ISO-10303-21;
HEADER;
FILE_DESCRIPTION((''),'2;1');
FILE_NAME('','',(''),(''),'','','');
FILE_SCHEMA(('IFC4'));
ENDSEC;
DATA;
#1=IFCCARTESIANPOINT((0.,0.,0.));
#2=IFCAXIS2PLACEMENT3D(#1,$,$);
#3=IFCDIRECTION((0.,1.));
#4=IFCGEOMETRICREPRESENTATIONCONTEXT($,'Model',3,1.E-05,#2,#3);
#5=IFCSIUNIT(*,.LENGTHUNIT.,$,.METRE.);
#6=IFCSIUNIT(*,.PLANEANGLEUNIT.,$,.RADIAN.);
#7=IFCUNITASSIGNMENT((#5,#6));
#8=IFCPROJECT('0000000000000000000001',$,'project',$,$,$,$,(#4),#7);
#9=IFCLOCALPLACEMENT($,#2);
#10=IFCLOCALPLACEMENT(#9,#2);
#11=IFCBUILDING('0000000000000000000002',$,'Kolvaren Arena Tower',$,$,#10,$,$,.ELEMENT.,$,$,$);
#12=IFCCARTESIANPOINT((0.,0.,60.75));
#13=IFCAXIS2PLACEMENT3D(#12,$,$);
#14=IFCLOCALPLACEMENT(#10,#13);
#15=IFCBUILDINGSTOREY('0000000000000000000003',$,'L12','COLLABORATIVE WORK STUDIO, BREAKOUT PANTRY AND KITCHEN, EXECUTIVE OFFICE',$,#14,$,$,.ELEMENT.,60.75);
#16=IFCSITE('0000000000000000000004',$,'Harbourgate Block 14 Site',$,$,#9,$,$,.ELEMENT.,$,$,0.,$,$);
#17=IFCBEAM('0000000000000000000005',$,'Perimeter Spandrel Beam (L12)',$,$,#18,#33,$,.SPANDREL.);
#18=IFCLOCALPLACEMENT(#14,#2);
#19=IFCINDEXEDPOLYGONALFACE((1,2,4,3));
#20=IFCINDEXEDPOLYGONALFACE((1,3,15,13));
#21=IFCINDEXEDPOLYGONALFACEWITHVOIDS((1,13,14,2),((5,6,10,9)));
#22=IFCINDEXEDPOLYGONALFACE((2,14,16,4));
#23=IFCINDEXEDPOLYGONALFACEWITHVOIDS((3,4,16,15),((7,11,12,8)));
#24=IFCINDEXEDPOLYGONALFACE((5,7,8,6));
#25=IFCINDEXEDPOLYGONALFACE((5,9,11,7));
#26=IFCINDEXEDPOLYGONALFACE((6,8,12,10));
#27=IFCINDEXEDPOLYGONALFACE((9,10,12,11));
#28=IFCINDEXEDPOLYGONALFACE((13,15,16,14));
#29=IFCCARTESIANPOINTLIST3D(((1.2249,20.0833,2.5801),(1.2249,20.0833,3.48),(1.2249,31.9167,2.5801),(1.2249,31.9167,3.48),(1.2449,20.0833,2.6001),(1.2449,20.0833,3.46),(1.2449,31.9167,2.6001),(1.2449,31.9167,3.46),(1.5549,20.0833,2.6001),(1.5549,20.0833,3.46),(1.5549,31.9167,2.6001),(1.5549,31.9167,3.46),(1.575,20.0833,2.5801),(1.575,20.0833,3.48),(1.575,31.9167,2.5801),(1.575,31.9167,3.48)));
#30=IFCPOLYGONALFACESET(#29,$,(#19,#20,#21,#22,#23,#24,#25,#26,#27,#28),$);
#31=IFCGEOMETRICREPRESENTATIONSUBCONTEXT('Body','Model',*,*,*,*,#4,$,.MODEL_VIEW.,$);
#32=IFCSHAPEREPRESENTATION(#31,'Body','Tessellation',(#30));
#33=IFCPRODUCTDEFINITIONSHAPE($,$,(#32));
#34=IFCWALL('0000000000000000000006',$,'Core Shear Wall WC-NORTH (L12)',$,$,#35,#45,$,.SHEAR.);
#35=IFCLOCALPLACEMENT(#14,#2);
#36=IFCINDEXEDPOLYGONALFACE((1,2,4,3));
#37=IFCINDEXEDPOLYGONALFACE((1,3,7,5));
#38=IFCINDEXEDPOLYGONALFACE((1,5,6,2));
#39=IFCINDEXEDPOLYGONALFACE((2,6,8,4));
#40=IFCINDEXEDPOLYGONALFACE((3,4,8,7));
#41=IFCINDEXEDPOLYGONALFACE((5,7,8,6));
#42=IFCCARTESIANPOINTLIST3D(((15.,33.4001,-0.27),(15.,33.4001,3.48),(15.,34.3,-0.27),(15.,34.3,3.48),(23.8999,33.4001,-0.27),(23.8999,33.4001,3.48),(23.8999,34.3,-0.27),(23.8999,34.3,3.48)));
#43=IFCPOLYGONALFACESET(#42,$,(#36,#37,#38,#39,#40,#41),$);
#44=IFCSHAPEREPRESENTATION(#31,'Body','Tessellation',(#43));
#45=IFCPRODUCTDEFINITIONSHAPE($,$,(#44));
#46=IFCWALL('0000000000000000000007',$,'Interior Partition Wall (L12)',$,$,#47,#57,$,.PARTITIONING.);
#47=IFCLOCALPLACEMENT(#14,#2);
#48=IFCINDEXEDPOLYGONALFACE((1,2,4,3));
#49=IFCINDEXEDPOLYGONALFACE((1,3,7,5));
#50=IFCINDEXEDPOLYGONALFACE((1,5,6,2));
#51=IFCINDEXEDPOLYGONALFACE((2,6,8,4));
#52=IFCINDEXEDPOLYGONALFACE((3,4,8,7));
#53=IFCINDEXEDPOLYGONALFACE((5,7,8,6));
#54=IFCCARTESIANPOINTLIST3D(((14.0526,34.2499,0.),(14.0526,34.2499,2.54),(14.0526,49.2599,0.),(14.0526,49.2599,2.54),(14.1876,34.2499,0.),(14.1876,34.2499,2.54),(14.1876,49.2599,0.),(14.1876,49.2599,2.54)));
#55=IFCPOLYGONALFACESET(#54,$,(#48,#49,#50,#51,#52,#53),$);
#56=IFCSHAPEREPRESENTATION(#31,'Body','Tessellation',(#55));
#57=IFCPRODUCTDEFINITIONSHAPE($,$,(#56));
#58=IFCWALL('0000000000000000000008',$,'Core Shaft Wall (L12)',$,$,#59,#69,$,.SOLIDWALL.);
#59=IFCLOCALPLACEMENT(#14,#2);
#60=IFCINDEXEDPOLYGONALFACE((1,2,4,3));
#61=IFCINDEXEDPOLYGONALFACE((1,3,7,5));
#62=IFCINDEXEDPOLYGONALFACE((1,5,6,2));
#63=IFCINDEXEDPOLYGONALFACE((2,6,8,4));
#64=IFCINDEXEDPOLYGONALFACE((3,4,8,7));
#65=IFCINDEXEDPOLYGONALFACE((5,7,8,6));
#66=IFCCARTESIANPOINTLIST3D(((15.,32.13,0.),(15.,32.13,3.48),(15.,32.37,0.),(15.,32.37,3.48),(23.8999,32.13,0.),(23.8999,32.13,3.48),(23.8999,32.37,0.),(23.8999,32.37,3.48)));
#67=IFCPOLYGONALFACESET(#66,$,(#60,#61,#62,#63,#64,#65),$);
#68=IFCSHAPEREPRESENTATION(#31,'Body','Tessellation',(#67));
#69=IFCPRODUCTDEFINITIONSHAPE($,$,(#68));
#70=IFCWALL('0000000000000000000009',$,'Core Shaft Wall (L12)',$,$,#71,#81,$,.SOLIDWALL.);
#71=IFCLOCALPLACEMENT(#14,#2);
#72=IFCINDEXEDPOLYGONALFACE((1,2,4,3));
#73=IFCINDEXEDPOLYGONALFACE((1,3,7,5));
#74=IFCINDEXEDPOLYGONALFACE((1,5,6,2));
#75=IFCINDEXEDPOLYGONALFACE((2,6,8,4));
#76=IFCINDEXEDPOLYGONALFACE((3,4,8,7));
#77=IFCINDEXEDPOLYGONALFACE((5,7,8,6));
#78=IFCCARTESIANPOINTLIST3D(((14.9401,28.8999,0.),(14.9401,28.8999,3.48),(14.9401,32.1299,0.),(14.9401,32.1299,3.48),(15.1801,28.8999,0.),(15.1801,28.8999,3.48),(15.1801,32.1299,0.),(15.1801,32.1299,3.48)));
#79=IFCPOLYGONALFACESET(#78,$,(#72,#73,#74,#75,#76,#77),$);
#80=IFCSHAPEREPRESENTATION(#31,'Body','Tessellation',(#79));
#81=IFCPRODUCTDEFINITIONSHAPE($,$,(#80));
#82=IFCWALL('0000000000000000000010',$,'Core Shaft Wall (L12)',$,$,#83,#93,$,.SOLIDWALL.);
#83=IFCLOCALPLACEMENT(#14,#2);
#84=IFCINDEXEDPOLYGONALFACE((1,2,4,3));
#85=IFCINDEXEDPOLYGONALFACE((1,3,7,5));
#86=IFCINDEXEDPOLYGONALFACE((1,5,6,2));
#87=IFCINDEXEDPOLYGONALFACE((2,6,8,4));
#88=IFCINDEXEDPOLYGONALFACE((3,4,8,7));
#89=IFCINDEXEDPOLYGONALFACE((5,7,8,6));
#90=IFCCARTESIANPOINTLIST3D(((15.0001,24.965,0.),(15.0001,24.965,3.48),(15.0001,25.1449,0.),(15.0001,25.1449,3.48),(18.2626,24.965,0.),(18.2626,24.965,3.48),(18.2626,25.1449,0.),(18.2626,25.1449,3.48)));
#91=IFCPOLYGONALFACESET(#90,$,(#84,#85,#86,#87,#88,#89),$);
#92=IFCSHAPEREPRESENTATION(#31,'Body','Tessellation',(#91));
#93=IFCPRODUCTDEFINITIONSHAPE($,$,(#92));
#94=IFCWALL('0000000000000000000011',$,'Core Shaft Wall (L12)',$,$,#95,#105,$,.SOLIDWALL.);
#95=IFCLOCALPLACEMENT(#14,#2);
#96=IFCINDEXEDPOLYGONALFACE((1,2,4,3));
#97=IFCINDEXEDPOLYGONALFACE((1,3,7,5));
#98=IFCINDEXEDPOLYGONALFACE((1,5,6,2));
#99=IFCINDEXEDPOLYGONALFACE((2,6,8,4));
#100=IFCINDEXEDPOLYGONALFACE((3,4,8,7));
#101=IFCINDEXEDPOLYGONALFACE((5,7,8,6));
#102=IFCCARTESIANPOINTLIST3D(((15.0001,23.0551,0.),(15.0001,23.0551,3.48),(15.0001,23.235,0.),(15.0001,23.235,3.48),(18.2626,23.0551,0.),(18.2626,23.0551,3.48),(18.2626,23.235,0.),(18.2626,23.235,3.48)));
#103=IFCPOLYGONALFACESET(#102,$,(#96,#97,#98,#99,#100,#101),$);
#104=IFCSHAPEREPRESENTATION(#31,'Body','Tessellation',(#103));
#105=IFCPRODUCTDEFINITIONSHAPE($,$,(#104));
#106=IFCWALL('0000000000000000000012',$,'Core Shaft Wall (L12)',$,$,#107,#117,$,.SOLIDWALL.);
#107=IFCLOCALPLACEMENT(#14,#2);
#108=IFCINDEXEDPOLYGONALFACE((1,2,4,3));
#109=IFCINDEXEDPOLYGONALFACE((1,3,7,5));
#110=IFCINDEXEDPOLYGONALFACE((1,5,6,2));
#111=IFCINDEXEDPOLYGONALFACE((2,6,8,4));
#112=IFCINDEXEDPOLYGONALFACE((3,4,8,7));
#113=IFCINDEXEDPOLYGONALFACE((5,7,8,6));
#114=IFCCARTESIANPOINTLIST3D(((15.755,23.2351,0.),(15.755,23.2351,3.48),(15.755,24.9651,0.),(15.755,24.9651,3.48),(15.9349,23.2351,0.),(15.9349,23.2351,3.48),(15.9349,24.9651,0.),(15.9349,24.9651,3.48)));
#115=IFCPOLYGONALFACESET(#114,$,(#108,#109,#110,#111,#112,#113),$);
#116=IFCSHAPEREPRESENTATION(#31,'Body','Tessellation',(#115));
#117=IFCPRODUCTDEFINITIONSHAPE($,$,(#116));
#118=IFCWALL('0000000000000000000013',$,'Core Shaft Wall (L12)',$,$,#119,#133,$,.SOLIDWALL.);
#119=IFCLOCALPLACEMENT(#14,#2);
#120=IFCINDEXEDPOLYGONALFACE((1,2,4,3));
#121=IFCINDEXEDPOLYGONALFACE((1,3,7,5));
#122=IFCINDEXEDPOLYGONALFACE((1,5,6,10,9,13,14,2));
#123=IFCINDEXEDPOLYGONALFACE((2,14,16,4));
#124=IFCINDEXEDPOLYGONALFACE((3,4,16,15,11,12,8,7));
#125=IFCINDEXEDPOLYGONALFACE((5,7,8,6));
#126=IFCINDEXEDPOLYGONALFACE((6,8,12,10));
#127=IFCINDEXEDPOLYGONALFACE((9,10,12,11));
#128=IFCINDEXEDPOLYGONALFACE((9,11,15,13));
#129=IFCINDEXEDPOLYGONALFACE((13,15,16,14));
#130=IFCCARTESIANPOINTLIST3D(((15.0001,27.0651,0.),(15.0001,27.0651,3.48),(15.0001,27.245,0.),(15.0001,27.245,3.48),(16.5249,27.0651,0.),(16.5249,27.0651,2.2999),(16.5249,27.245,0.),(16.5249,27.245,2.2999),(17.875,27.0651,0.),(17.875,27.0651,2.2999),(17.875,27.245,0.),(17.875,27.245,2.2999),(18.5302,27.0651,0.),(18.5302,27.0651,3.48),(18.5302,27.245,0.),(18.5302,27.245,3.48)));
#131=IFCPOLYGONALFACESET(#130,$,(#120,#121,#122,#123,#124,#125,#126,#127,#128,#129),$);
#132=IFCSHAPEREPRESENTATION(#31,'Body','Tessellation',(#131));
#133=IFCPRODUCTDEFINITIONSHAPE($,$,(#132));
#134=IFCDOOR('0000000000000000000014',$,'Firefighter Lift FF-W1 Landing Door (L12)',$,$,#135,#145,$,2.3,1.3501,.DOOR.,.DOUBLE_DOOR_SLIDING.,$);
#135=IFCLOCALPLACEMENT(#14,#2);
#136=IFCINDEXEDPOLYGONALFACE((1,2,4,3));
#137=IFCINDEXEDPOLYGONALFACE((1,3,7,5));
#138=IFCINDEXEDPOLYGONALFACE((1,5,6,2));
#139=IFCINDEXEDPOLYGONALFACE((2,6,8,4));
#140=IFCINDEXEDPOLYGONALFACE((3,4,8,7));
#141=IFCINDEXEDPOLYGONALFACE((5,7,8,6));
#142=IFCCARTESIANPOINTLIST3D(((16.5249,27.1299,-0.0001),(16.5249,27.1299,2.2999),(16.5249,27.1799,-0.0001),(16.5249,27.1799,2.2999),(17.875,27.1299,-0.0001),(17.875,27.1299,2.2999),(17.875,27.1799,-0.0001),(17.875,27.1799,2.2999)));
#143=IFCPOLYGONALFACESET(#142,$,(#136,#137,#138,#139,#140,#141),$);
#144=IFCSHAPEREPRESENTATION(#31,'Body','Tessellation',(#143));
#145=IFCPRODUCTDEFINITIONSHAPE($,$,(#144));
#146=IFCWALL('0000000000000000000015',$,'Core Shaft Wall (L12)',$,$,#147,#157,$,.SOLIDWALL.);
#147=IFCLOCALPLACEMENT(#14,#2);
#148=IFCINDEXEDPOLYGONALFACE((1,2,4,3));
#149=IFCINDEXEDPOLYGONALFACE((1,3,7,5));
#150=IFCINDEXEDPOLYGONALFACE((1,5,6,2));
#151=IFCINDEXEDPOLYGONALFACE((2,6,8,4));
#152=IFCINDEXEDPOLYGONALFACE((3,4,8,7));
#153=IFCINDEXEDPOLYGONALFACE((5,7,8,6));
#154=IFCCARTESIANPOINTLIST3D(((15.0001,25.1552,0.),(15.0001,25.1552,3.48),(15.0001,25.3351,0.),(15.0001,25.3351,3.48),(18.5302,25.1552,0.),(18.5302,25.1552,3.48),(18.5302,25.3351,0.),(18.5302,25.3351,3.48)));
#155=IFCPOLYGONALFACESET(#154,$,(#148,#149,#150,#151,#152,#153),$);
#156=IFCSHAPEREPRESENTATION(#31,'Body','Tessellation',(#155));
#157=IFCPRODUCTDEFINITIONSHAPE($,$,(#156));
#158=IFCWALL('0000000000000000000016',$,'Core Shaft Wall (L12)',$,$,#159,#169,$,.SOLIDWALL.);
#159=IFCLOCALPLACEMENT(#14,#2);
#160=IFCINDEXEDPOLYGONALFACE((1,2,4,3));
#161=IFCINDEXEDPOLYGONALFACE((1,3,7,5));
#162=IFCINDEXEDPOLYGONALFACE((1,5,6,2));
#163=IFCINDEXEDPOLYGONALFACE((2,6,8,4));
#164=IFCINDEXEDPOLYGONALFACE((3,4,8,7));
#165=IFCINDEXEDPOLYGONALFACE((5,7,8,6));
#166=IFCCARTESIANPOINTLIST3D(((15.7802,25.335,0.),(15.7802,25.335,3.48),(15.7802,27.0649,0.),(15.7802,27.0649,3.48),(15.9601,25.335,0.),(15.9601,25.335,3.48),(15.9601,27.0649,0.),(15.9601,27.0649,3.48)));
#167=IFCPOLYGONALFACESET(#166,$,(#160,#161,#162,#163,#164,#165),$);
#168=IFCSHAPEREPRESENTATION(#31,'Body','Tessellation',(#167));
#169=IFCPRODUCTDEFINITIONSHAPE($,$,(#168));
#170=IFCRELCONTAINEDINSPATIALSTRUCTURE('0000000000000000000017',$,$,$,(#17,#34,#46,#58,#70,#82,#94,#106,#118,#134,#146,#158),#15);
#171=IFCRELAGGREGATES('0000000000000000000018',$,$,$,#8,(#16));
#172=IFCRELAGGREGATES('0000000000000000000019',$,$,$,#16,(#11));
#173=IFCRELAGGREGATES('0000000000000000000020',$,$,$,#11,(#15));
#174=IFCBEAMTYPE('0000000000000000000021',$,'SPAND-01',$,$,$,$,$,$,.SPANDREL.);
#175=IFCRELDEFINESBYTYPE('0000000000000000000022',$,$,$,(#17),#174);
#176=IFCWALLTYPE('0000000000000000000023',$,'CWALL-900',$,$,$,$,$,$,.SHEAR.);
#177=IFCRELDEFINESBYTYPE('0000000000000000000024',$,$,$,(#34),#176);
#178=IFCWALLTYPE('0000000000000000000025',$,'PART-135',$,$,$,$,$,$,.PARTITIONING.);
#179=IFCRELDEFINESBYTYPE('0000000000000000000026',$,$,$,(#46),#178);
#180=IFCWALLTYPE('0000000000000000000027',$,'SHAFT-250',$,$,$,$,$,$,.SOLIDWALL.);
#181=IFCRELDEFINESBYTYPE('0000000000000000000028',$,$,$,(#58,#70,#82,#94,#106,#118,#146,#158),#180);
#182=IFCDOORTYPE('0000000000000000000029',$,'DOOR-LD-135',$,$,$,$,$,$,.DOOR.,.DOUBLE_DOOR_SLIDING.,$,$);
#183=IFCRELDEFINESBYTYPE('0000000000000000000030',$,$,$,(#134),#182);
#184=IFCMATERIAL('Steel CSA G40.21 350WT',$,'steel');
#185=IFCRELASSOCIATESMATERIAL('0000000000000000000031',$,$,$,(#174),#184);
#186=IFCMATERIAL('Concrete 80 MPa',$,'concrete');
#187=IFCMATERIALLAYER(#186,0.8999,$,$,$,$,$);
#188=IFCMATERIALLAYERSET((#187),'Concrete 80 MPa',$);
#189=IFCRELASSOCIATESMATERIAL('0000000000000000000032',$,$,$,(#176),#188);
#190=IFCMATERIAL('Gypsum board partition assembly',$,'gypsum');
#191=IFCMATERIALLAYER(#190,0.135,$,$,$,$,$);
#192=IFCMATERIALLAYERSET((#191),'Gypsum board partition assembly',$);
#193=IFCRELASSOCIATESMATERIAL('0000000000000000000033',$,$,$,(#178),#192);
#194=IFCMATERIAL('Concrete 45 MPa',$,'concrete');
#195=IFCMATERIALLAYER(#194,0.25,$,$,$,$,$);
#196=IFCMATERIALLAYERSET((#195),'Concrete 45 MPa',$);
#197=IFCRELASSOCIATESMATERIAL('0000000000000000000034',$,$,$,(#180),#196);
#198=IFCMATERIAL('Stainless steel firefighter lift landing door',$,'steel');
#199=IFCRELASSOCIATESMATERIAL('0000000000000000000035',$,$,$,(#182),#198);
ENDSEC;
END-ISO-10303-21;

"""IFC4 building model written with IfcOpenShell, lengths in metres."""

from ifc_helpers import new_model, si_unit, direction, frame, frame_2d, origin, origin_2d, place, context, subcontext, project, spatial, rectangle, hollow_rectangle, extrude, material, layer, layer_set, material_profile, profile_set, type_object, element, fill, save


model = new_model("IFC4")

# Units and contexts
model_context = context("Model", 3, precision=1e-05, world=origin(), true_north=direction((0.0, 1.0)))
body_context = subcontext(model_context, "Body", "Model", "MODEL_VIEW")
ifc_project = project(units=[si_unit("LENGTHUNIT", "METRE"), si_unit("PLANEANGLEUNIT", "RADIAN")], contexts=[model_context])

# Site, building, storey
site_placement = place(None, origin())
site = spatial("IfcSite", under=ifc_project, at=site_placement, Name="Harbourgate Block 14 Site", CompositionType="ELEMENT", RefElevation=0.0)
building_placement = place(site_placement, origin())
building = spatial("IfcBuilding", under=site, at=building_placement, Name="Kolvaren Arena Tower", CompositionType="ELEMENT")
storey_placement = place(building_placement, frame((0.0, 0.0, 60.75)))
storey = spatial("IfcBuildingStorey", under=building, at=storey_placement, Name="L12", Description="COLLABORATIVE WORK STUDIO, BREAKOUT PANTRY AND KITCHEN, EXECUTIVE OFFICE", CompositionType="ELEMENT", Elevation=60.75)

# Beam
ifc_material_1 = material(Name="Steel CSA G40.21 350WT", Category="steel")
ifc_material_profile_1 = material_profile(ifc_material_1, hollow_rectangle(XDim=0.3501, YDim=0.8999, WallThickness=0.02, at=origin_2d()), Name="HSS 900x350x20")
ifc_profile_set_1 = profile_set([ifc_material_profile_1], Name="Steel CSA G40.21 350WT")
beam_type_1 = type_object("IfcBeamType", Name="SPAND-01", PredefinedType="SPANDREL", material=ifc_profile_set_1)
beam_1_placement = place(storey_placement, frame((1.3999, 31.9167, 3.03), z_axis=(0.0, -1.0, 0.0), x_axis=(1.0, 0.0, 0.0)))
element("IfcBeam", 1, at=beam_1_placement, inside=storey, type_object=beam_type_1, Name="Perimeter Spandrel Beam (L12)", PredefinedType="SPANDREL", context=body_context, shape_type="SweptSolid", body=[
    extrude(hollow_rectangle(XDim=0.3501, YDim=0.8999, WallThickness=0.02, at=origin_2d()), origin(), (0.0, 0.0, 1.0), 11.8335),
])

# Walls
ifc_material_2 = material(Name="Concrete 80 MPa", Category="concrete")
ifc_layer_1 = layer(ifc_material_2, 0.8999)
ifc_layer_set_1 = layer_set([ifc_layer_1], Name="Concrete 80 MPa")
wall_type_1 = type_object("IfcWallType", Name="CWALL-900", PredefinedType="SHEAR", material=ifc_layer_set_1)
wall_1_placement = place(storey_placement, frame((15.0, 33.8501, -0.27), z_axis=(0.0, 0.0, 1.0), x_axis=(1.0, 0.0, 0.0)))
element("IfcWall", 2, at=wall_1_placement, inside=storey, type_object=wall_type_1, Name="Core Shear Wall WC-NORTH (L12)", PredefinedType="SHEAR", context=body_context, shape_type="SweptSolid", body=[
    extrude(rectangle(XDim=8.8999, YDim=0.8999, at=frame_2d((4.45, 0.0))), origin(), (0.0, 0.0, 1.0), 3.75),
])
ifc_material_3 = material(Name="Gypsum board partition assembly", Category="gypsum")
ifc_layer_2 = layer(ifc_material_3, 0.135)
ifc_layer_set_2 = layer_set([ifc_layer_2], Name="Gypsum board partition assembly")
wall_type_2 = type_object("IfcWallType", Name="PART-135", PredefinedType="PARTITIONING", material=ifc_layer_set_2)
wall_2_placement = place(storey_placement, frame((14.1201, 34.25, 0.0), z_axis=(0.0, 0.0, 1.0), x_axis=(0.0, 1.0, 0.0)))
element("IfcWall", 3, at=wall_2_placement, inside=storey, type_object=wall_type_2, Name="Interior Partition Wall (L12)", PredefinedType="PARTITIONING", context=body_context, shape_type="SweptSolid", body=[
    extrude(rectangle(XDim=15.01, YDim=0.135, at=frame_2d((7.5049, 0.0))), origin(), (0.0, 0.0, 1.0), 2.54),
])
ifc_material_4 = material(Name="Concrete 45 MPa", Category="concrete")
ifc_layer_3 = layer(ifc_material_4, 0.25)
ifc_layer_set_3 = layer_set([ifc_layer_3], Name="Concrete 45 MPa")
wall_type_3 = type_object("IfcWallType", Name="SHAFT-250", PredefinedType="SOLIDWALL", material=ifc_layer_set_3)
wall_3_placement = place(storey_placement, frame((15.0, 32.25, 0.0), z_axis=(0.0, 0.0, 1.0), x_axis=(1.0, 0.0, 0.0)))
element("IfcWall", 4, at=wall_3_placement, inside=storey, type_object=wall_type_3, Name="Core Shaft Wall (L12)", PredefinedType="SOLIDWALL", context=body_context, shape_type="SweptSolid", body=[
    extrude(rectangle(XDim=8.8999, YDim=0.24, at=frame_2d((4.45, 0.0))), origin(), (0.0, 0.0, 1.0), 3.48),
])
wall_4_placement = place(storey_placement, frame((15.0601, 28.8999, 0.0), z_axis=(0.0, 0.0, 1.0), x_axis=(0.0, 1.0, 0.0)))
element("IfcWall", 5, at=wall_4_placement, inside=storey, type_object=wall_type_3, Name="Core Shaft Wall (L12)", PredefinedType="SOLIDWALL", context=body_context, shape_type="SweptSolid", body=[
    extrude(rectangle(XDim=3.23, YDim=0.24, at=frame_2d((1.615, 0.0))), origin(), (0.0, 0.0, 1.0), 3.48),
])
for number, where, z_axis, x_axis, name in (
    (6, (15.0, 25.0549, 0.0), (0.0, 0.0, 1.0), (1.0, 0.0, 0.0), "Core Shaft Wall (L12)"),
    (7, (15.0, 23.145, 0.0), (0.0, 0.0, 1.0), (1.0, 0.0, 0.0), "Core Shaft Wall (L12)"),
):
    element("IfcWall", number, at=place(storey_placement, frame(where, z_axis=z_axis, x_axis=x_axis)), inside=storey, type_object=wall_type_3, Name=name, PredefinedType="SOLIDWALL", context=body_context, shape_type="SweptSolid", body=[
        extrude(rectangle(XDim=3.2625, YDim=0.1799, at=frame_2d((1.6313, 0.0))), origin(), (0.0, 0.0, 1.0), 3.48),
    ])
wall_5_placement = place(storey_placement, frame((15.845, 23.2351, 0.0), z_axis=(0.0, 0.0, 1.0), x_axis=(0.0, 1.0, 0.0)))
element("IfcWall", 8, at=wall_5_placement, inside=storey, type_object=wall_type_3, Name="Core Shaft Wall (L12)", PredefinedType="SOLIDWALL", context=body_context, shape_type="SweptSolid", body=[
    extrude(rectangle(XDim=1.73, YDim=0.1799, at=frame_2d((0.865, 0.0))), origin(), (0.0, 0.0, 1.0), 3.48),
])

# Wall, opening, door
wall_6_placement = place(storey_placement, frame((15.0, 27.155, 0.0), z_axis=(0.0, 0.0, 1.0), x_axis=(1.0, 0.0, 0.0)))
wall_6 = element("IfcWall", 9, at=wall_6_placement, inside=storey, type_object=wall_type_3, Name="Core Shaft Wall (L12)", PredefinedType="SOLIDWALL", context=body_context, shape_type="SweptSolid", body=[
    extrude(rectangle(XDim=3.53, YDim=0.1799, at=frame_2d((1.7651, 0.0))), origin(), (0.0, 0.0, 1.0), 3.48),
])
opening_placement = place(wall_6_placement, frame((1.5249, 0.0, 0.0)))
opening = element("IfcOpeningElement", 10, at=opening_placement, cuts=wall_6, PredefinedType="OPENING", context=body_context, shape_type="SweptSolid", body=[
    extrude(rectangle(XDim=1.3501, YDim=2.3, at=frame_2d((0.675, 1.1499))), frame((0.0, 0.0999, 0.0), z_axis=(0.0, -1.0, 0.0), x_axis=(1.0, 0.0, 0.0)), (0.0, 0.0, 1.0), 0.2),
])
ifc_material_5 = material(Name="Stainless steel firefighter lift landing door", Category="steel")
door_type = type_object("IfcDoorType", Name="DOOR-LD-135", OperationType="DOUBLE_DOOR_SLIDING", PredefinedType="DOOR", material=ifc_material_5)
door_placement = place(opening_placement, origin())
door = element("IfcDoor", 11, at=door_placement, inside=storey, type_object=door_type, Name="Firefighter Lift FF-W1 Landing Door (L12)", OperationType="DOUBLE_DOOR_SLIDING", OverallHeight=2.3, OverallWidth=1.3501, PredefinedType="DOOR", context=body_context, shape_type="SweptSolid", body=[
    extrude(rectangle(XDim=1.3501, YDim=2.3, at=frame_2d((0.675, 1.1499))), frame((0.0, 0.0249, 0.0), z_axis=(0.0, -1.0, 0.0), x_axis=(1.0, 0.0, 0.0)), (0.0, 0.0, 1.0), 0.05),
])
fill(opening, door)

# Walls
wall_7_placement = place(storey_placement, frame((15.0, 25.2451, 0.0), z_axis=(0.0, 0.0, 1.0), x_axis=(1.0, 0.0, 0.0)))
element("IfcWall", 12, at=wall_7_placement, inside=storey, type_object=wall_type_3, Name="Core Shaft Wall (L12)", PredefinedType="SOLIDWALL", context=body_context, shape_type="SweptSolid", body=[
    extrude(rectangle(XDim=3.53, YDim=0.1799, at=frame_2d((1.7651, 0.0))), origin(), (0.0, 0.0, 1.0), 3.48),
])
wall_8_placement = place(storey_placement, frame((15.8701, 25.335, 0.0), z_axis=(0.0, 0.0, 1.0), x_axis=(0.0, 1.0, 0.0)))
element("IfcWall", 13, at=wall_8_placement, inside=storey, type_object=wall_type_3, Name="Core Shaft Wall (L12)", PredefinedType="SOLIDWALL", context=body_context, shape_type="SweptSolid", body=[
    extrude(rectangle(XDim=1.73, YDim=0.1799, at=frame_2d((0.865, 0.0))), origin(), (0.0, 0.0, 1.0), 3.48),
])

save(model, "model.ifc")
